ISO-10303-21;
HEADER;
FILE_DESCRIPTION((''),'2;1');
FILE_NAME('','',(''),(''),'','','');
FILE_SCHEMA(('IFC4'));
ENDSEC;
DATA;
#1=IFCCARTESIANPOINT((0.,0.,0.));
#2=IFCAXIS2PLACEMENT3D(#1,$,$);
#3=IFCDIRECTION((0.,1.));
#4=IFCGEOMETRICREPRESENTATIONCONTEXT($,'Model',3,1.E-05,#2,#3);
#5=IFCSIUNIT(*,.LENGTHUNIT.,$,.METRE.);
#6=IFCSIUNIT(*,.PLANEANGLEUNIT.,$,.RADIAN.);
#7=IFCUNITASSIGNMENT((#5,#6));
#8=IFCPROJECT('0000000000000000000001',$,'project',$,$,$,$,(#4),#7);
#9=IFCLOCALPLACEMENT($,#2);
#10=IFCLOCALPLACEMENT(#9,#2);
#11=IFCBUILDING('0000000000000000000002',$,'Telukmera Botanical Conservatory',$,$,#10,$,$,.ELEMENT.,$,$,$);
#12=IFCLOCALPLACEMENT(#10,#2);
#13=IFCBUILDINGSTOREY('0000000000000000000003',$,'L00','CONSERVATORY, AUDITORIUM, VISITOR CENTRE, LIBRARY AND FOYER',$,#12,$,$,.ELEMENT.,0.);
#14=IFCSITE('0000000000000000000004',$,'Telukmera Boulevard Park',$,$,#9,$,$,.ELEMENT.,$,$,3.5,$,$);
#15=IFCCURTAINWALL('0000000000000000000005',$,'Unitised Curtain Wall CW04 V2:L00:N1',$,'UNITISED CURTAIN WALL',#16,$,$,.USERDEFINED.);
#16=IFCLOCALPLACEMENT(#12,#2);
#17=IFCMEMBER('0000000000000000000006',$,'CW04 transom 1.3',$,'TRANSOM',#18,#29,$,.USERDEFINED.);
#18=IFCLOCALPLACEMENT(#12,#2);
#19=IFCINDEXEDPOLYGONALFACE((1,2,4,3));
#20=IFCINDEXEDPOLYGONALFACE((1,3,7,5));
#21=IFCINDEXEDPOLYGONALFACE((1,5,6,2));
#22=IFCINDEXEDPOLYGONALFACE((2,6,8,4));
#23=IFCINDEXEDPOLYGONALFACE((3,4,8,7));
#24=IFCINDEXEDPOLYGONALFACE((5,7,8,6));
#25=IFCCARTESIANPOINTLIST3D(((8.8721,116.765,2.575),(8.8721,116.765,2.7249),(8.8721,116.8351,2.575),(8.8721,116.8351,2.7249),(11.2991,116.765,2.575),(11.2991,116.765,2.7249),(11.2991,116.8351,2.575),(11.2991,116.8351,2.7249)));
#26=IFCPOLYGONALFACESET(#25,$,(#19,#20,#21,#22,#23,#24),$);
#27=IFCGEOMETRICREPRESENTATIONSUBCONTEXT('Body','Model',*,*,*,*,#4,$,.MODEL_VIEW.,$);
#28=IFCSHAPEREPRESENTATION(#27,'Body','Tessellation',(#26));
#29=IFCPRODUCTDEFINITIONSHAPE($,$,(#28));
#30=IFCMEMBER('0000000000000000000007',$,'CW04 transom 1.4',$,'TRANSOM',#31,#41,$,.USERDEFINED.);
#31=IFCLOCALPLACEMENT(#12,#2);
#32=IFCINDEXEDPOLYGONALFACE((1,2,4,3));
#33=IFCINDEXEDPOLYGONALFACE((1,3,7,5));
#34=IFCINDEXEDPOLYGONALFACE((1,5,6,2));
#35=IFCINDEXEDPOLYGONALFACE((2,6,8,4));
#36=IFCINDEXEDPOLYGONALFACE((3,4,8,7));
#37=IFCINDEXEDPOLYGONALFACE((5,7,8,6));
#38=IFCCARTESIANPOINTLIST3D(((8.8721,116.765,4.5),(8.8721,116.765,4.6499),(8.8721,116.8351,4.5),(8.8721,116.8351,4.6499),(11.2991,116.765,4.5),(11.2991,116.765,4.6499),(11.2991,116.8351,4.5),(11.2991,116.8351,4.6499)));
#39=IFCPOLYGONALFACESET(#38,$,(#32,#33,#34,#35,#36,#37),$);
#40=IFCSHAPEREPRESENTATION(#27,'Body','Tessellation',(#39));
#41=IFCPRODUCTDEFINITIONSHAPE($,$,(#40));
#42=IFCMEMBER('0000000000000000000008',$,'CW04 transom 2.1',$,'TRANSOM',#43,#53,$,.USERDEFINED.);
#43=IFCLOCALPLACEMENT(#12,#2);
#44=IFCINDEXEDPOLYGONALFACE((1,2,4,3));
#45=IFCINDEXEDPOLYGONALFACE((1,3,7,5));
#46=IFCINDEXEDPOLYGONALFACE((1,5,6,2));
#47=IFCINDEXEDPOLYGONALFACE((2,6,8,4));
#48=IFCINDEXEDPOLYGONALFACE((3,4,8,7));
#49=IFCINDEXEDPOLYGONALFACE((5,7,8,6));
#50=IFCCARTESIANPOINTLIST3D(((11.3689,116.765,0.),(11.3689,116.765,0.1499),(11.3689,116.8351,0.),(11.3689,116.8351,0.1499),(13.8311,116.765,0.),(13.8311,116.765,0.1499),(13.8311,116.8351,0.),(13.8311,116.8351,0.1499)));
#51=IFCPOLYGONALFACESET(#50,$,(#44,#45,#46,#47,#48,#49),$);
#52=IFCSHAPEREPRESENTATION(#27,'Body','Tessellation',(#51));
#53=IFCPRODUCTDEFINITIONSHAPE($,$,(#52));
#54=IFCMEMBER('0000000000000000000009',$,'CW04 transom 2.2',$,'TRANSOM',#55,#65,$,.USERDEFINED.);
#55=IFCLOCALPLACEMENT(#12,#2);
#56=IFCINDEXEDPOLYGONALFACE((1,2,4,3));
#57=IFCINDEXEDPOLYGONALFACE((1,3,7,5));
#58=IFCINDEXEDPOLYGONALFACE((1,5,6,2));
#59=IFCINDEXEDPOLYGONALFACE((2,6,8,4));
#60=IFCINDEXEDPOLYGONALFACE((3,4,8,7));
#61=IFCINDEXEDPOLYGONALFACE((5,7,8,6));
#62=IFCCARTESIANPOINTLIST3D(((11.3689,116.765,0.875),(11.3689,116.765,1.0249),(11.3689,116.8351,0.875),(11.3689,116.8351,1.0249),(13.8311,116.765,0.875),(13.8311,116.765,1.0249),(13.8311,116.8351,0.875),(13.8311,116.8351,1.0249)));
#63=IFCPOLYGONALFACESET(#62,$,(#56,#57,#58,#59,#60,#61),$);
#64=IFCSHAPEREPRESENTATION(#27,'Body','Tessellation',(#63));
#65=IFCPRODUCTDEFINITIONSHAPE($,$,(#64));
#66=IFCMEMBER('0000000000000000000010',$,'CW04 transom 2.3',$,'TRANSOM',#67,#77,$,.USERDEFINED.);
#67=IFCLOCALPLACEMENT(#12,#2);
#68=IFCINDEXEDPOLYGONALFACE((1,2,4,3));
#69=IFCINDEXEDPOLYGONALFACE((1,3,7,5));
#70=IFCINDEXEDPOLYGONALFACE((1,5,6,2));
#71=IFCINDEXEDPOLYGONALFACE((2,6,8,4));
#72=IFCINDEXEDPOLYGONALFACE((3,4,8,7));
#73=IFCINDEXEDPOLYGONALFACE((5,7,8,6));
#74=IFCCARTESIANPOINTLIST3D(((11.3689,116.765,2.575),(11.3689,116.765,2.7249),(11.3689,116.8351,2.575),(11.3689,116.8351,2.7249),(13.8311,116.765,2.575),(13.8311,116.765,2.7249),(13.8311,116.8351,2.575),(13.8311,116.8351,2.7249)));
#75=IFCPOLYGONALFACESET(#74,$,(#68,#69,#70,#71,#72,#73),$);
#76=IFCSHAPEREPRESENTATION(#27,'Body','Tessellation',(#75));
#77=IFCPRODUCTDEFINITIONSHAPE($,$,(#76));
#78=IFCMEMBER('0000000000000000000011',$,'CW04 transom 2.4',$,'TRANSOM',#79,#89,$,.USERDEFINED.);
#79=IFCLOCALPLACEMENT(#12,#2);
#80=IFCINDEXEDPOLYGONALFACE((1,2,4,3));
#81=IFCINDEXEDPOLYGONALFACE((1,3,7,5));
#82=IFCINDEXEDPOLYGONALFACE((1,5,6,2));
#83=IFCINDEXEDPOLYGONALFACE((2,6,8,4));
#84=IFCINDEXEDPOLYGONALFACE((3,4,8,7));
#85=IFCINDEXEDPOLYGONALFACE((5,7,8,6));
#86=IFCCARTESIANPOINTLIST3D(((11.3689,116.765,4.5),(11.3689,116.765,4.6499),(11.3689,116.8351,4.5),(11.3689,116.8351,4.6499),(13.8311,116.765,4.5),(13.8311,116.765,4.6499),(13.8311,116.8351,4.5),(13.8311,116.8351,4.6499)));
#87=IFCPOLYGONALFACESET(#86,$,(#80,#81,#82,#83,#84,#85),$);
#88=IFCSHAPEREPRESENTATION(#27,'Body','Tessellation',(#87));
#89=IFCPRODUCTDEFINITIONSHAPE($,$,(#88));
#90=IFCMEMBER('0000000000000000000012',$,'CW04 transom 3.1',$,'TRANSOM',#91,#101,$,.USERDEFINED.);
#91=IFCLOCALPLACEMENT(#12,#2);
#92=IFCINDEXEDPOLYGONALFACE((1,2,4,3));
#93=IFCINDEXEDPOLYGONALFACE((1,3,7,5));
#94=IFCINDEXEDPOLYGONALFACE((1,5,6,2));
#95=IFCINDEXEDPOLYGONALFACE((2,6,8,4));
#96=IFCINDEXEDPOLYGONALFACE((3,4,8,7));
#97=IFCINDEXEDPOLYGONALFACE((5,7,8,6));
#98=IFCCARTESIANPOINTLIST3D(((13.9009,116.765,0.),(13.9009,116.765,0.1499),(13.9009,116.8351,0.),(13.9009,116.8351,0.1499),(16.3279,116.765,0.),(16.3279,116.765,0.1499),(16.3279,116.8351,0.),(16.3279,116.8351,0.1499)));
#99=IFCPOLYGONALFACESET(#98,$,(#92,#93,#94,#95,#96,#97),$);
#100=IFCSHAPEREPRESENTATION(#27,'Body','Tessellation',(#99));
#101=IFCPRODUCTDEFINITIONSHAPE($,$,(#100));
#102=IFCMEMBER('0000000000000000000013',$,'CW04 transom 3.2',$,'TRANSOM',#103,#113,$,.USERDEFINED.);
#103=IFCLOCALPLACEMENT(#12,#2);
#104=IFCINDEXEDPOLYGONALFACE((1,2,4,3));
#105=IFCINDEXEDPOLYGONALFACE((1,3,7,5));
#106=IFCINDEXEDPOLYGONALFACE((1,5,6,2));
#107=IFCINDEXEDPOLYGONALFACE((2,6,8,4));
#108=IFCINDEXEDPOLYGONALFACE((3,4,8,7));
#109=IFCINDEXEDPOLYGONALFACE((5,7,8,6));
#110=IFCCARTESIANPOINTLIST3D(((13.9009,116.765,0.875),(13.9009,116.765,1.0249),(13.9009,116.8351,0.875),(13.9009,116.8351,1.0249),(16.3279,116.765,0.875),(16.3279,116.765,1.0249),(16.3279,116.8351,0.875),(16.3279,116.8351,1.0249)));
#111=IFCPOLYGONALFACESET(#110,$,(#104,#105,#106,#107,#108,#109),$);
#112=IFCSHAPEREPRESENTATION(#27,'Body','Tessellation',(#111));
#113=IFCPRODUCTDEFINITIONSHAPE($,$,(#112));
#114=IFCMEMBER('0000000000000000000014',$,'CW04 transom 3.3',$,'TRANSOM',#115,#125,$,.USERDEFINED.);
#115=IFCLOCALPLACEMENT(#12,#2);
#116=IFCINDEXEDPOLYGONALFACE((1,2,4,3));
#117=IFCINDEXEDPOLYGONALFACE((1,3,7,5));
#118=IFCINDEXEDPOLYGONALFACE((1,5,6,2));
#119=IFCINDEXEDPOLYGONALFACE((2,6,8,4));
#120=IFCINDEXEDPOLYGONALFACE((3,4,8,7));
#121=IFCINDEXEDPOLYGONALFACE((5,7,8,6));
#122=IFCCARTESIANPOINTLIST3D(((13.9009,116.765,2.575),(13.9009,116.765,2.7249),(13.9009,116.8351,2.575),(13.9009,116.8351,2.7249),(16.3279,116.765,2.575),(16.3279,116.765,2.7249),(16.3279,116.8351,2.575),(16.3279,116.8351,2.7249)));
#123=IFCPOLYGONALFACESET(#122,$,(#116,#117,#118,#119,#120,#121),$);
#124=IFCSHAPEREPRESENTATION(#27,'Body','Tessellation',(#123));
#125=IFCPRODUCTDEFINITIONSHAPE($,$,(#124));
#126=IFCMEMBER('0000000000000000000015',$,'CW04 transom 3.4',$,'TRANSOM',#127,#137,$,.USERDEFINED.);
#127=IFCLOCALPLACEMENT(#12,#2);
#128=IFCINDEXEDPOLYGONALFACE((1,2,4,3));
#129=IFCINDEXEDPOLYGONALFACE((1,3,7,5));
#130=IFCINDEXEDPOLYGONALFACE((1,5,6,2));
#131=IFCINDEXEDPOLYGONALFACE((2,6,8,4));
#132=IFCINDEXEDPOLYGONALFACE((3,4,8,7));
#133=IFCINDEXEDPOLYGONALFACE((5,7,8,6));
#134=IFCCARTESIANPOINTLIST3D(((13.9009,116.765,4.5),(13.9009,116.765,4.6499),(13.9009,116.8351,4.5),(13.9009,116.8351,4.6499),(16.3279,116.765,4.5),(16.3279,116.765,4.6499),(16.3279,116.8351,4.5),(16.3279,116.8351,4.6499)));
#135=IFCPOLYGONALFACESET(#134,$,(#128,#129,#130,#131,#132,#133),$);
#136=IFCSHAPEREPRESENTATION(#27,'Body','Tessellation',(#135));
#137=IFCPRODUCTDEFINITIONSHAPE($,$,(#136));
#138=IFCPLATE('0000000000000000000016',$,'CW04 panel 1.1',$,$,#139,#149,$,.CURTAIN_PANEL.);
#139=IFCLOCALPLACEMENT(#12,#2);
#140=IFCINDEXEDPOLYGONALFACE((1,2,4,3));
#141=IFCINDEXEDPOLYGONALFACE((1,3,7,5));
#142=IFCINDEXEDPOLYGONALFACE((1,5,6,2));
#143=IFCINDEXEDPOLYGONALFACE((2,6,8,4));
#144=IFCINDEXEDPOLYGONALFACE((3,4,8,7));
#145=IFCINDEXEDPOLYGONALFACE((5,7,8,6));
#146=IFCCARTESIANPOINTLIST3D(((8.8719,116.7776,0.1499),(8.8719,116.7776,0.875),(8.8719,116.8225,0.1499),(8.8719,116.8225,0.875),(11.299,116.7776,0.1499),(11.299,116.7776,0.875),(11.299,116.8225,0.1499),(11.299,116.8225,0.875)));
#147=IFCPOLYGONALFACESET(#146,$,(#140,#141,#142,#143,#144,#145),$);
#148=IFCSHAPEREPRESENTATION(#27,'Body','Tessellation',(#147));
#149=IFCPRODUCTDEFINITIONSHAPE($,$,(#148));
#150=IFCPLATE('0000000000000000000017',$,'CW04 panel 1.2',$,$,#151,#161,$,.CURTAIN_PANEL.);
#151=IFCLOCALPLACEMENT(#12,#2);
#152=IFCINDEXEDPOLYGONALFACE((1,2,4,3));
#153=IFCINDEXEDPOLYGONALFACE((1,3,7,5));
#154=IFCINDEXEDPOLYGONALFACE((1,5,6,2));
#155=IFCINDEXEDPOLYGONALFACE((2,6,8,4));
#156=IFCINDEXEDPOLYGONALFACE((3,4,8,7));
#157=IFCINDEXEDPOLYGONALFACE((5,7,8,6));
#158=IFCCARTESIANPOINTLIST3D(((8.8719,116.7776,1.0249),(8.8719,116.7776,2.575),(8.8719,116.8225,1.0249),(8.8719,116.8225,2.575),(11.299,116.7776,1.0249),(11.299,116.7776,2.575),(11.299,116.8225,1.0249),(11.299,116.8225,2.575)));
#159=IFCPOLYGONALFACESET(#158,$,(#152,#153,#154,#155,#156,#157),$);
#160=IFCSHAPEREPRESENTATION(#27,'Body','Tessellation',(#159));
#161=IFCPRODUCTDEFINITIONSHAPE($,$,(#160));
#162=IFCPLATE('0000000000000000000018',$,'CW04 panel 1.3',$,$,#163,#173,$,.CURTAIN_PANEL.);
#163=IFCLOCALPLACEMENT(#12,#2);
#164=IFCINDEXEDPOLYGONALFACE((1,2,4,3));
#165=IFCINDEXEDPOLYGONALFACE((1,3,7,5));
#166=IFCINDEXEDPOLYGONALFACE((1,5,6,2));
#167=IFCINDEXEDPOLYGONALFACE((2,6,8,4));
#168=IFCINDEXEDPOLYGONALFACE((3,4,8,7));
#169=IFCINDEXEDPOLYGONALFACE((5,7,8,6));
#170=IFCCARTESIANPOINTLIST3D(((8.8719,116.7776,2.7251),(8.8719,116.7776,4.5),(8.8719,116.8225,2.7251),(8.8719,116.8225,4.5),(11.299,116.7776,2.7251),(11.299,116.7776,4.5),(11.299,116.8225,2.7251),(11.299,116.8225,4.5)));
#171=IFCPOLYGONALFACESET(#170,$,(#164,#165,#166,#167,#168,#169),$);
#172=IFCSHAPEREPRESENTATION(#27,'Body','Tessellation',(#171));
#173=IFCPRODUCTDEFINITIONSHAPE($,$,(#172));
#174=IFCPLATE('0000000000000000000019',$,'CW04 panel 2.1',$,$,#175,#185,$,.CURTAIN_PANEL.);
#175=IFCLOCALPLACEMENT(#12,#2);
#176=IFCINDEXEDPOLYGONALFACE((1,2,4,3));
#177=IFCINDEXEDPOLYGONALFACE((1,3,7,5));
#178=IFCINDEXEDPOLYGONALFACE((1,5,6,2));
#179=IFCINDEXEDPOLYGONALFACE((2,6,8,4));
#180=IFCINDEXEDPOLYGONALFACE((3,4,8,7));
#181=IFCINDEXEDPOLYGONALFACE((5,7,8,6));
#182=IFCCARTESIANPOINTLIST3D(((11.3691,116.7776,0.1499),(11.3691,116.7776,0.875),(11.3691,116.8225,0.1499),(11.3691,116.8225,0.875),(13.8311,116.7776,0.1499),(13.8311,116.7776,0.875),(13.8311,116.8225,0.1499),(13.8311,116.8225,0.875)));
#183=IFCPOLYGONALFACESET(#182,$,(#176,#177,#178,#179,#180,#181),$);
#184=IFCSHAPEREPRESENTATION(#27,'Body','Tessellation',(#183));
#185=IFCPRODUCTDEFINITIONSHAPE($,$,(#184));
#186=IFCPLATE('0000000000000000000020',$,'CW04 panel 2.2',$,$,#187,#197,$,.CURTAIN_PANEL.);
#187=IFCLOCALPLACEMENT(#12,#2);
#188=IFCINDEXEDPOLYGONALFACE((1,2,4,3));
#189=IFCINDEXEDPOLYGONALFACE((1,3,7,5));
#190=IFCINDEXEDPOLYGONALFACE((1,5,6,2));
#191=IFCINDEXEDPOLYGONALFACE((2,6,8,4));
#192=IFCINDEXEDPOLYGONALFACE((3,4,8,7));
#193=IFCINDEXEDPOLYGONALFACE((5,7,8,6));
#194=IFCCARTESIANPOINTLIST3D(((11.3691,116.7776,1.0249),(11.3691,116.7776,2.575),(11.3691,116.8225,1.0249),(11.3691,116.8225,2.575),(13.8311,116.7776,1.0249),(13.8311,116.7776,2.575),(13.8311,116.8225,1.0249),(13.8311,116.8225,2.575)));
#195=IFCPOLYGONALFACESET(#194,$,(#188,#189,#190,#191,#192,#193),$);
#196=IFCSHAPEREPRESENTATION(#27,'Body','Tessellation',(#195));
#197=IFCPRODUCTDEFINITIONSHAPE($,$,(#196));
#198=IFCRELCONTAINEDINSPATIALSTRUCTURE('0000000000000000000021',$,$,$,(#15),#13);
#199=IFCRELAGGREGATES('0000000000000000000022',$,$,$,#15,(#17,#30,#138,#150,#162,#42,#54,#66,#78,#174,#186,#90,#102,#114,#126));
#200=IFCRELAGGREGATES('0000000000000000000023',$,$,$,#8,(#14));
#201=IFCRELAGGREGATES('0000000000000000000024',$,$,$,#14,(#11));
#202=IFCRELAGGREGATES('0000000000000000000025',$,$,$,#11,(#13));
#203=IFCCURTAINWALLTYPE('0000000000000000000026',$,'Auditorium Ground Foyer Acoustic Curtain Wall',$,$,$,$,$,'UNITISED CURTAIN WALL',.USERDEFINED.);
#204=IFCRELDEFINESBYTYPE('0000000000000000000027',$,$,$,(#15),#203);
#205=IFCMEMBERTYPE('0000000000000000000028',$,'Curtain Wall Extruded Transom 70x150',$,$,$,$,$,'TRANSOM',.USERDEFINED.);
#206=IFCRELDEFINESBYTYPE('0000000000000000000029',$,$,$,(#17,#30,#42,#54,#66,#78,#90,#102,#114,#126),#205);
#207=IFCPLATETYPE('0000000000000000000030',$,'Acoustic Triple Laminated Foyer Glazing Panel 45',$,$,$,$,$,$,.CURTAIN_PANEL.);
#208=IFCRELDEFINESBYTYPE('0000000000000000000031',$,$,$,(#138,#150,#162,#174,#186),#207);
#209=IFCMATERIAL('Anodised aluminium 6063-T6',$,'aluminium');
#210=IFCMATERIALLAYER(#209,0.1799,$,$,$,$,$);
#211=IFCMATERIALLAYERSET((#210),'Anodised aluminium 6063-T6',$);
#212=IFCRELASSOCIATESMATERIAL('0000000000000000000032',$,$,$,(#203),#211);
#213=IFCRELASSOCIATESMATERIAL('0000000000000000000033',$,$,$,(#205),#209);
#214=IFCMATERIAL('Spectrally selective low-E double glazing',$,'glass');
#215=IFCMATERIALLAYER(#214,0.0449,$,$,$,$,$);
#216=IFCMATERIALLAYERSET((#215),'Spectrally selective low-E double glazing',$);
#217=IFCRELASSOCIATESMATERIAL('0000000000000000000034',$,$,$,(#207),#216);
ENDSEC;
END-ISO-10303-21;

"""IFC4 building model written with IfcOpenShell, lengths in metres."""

from ifc_helpers import new_model, si_unit, direction, frame, origin, origin_2d, place, context, subcontext, project, spatial, rectangle, extrude, material, layer, layer_set, material_profile, profile_set, type_object, element, aggregate, save


model = new_model("IFC4")

# Units and contexts
model_context = context("Model", 3, precision=1e-05, world=origin(), true_north=direction((0.0, 1.0)))
body_context = subcontext(model_context, "Body", "Model", "MODEL_VIEW")
ifc_project = project(units=[si_unit("LENGTHUNIT", "METRE"), si_unit("PLANEANGLEUNIT", "RADIAN")], contexts=[model_context])

# Site, building, storey
site_placement = place(None, origin())
site = spatial("IfcSite", under=ifc_project, at=site_placement, Name="Telukmera Boulevard Park", CompositionType="ELEMENT", RefElevation=3.5)
building_placement = place(site_placement, origin())
building = spatial("IfcBuilding", under=site, at=building_placement, Name="Telukmera Botanical Conservatory", CompositionType="ELEMENT")
storey_placement = place(building_placement, origin())
storey = spatial("IfcBuildingStorey", under=building, at=storey_placement, Name="L00", Description="CONSERVATORY, AUDITORIUM, VISITOR CENTRE, LIBRARY AND FOYER", CompositionType="ELEMENT", Elevation=0.0)

# Curtain wall, members, plates
ifc_material_1 = material(Name="Anodised aluminium 6063-T6", Category="aluminium")
ifc_layer_1 = layer(ifc_material_1, 0.1799)
ifc_layer_set_1 = layer_set([ifc_layer_1], Name="Anodised aluminium 6063-T6")
curtain_wall_type = type_object("IfcCurtainWallType", Name="Auditorium Ground Foyer Acoustic Curtain Wall", ElementType="UNITISED CURTAIN WALL", PredefinedType="USERDEFINED", material=ifc_layer_set_1)
curtain_wall_placement = place(storey_placement, origin())
curtain_wall = element("IfcCurtainWall", 1, at=curtain_wall_placement, inside=storey, type_object=curtain_wall_type, Name="Unitised Curtain Wall CW04 V2:L00:N1", ObjectType="UNITISED CURTAIN WALL", PredefinedType="USERDEFINED")
ifc_material_profile_1 = material_profile(ifc_material_1, rectangle(XDim=0.0701, YDim=0.1499, at=origin_2d()), Name="ALU TRAN 70x150")
ifc_profile_set_1 = profile_set([ifc_material_profile_1], Name="Anodised aluminium 6063-T6")
member_type_1 = type_object("IfcMemberType", Name="Curtain Wall Extruded Transom 70x150", ElementType="TRANSOM", PredefinedType="USERDEFINED", material=ifc_profile_set_1)
member_1_placement = place(storey_placement, frame((8.8721, 116.8, 2.6499), z_axis=(1.0, 0.0, 0.0), x_axis=(0.0, 1.0, 0.0)))
member_1 = element("IfcMember", 2, at=member_1_placement, type_object=member_type_1, Name="CW04 transom 1.3", ObjectType="TRANSOM", PredefinedType="USERDEFINED", context=body_context, shape_type="SweptSolid", body=[
    extrude(rectangle(XDim=0.0701, YDim=0.1499, at=origin_2d()), origin(), (0.0, 0.0, 1.0), 2.427),
])
member_2_placement = place(storey_placement, frame((8.8721, 116.8, 4.575), z_axis=(1.0, 0.0, 0.0), x_axis=(0.0, 1.0, 0.0)))
member_2 = element("IfcMember", 3, at=member_2_placement, type_object=member_type_1, Name="CW04 transom 1.4", ObjectType="TRANSOM", PredefinedType="USERDEFINED", context=body_context, shape_type="SweptSolid", body=[
    extrude(rectangle(XDim=0.0701, YDim=0.1499, at=origin_2d()), origin(), (0.0, 0.0, 1.0), 2.427),
])
member_3_placement = place(storey_placement, frame((11.3689, 116.8, 0.075), z_axis=(1.0, 0.0, 0.0), x_axis=(0.0, 1.0, 0.0)))
member_3 = element("IfcMember", 4, at=member_3_placement, type_object=member_type_1, Name="CW04 transom 2.1", ObjectType="TRANSOM", PredefinedType="USERDEFINED", context=body_context, shape_type="SweptSolid", body=[
    extrude(rectangle(XDim=0.0701, YDim=0.1499, at=origin_2d()), origin(), (0.0, 0.0, 1.0), 2.4622),
])
member_4_placement = place(storey_placement, frame((11.3689, 116.8, 0.95), z_axis=(1.0, 0.0, 0.0), x_axis=(0.0, 1.0, 0.0)))
member_4 = element("IfcMember", 5, at=member_4_placement, type_object=member_type_1, Name="CW04 transom 2.2", ObjectType="TRANSOM", PredefinedType="USERDEFINED", context=body_context, shape_type="SweptSolid", body=[
    extrude(rectangle(XDim=0.0701, YDim=0.1499, at=origin_2d()), origin(), (0.0, 0.0, 1.0), 2.4622),
])
member_5_placement = place(storey_placement, frame((11.3689, 116.8, 2.6499), z_axis=(1.0, 0.0, 0.0), x_axis=(0.0, 1.0, 0.0)))
member_5 = element("IfcMember", 6, at=member_5_placement, type_object=member_type_1, Name="CW04 transom 2.3", ObjectType="TRANSOM", PredefinedType="USERDEFINED", context=body_context, shape_type="SweptSolid", body=[
    extrude(rectangle(XDim=0.0701, YDim=0.1499, at=origin_2d()), origin(), (0.0, 0.0, 1.0), 2.4622),
])
member_6_placement = place(storey_placement, frame((11.3689, 116.8, 4.575), z_axis=(1.0, 0.0, 0.0), x_axis=(0.0, 1.0, 0.0)))
member_6 = element("IfcMember", 7, at=member_6_placement, type_object=member_type_1, Name="CW04 transom 2.4", ObjectType="TRANSOM", PredefinedType="USERDEFINED", context=body_context, shape_type="SweptSolid", body=[
    extrude(rectangle(XDim=0.0701, YDim=0.1499, at=origin_2d()), origin(), (0.0, 0.0, 1.0), 2.4622),
])
member_7_placement = place(storey_placement, frame((13.9009, 116.8, 0.075), z_axis=(1.0, 0.0, 0.0), x_axis=(0.0, 1.0, 0.0)))
member_7 = element("IfcMember", 8, at=member_7_placement, type_object=member_type_1, Name="CW04 transom 3.1", ObjectType="TRANSOM", PredefinedType="USERDEFINED", context=body_context, shape_type="SweptSolid", body=[
    extrude(rectangle(XDim=0.0701, YDim=0.1499, at=origin_2d()), origin(), (0.0, 0.0, 1.0), 2.427),
])
member_8_placement = place(storey_placement, frame((13.9009, 116.8, 0.95), z_axis=(1.0, 0.0, 0.0), x_axis=(0.0, 1.0, 0.0)))
member_8 = element("IfcMember", 9, at=member_8_placement, type_object=member_type_1, Name="CW04 transom 3.2", ObjectType="TRANSOM", PredefinedType="USERDEFINED", context=body_context, shape_type="SweptSolid", body=[
    extrude(rectangle(XDim=0.0701, YDim=0.1499, at=origin_2d()), origin(), (0.0, 0.0, 1.0), 2.427),
])
member_9_placement = place(storey_placement, frame((13.9009, 116.8, 2.6499), z_axis=(1.0, 0.0, 0.0), x_axis=(0.0, 1.0, 0.0)))
member_9 = element("IfcMember", 10, at=member_9_placement, type_object=member_type_1, Name="CW04 transom 3.3", ObjectType="TRANSOM", PredefinedType="USERDEFINED", context=body_context, shape_type="SweptSolid", body=[
    extrude(rectangle(XDim=0.0701, YDim=0.1499, at=origin_2d()), origin(), (0.0, 0.0, 1.0), 2.427),
])
member_10_placement = place(storey_placement, frame((13.9009, 116.8, 4.575), z_axis=(1.0, 0.0, 0.0), x_axis=(0.0, 1.0, 0.0)))
member_10 = element("IfcMember", 11, at=member_10_placement, type_object=member_type_1, Name="CW04 transom 3.4", ObjectType="TRANSOM", PredefinedType="USERDEFINED", context=body_context, shape_type="SweptSolid", body=[
    extrude(rectangle(XDim=0.0701, YDim=0.1499, at=origin_2d()), origin(), (0.0, 0.0, 1.0), 2.427),
])
ifc_material_2 = material(Name="Spectrally selective low-E double glazing", Category="glass")
ifc_layer_2 = layer(ifc_material_2, 0.0449)
ifc_layer_set_2 = layer_set([ifc_layer_2], Name="Spectrally selective low-E double glazing")
plate_type = type_object("IfcPlateType", Name="Acoustic Triple Laminated Foyer Glazing Panel 45", PredefinedType="CURTAIN_PANEL", material=ifc_layer_set_2)
plate_1_placement = place(storey_placement, frame((10.0854, 116.8, 0.1499), z_axis=(0.0, 0.0, 1.0), x_axis=(1.0, 0.0, 0.0)))
plate_1 = element("IfcPlate", 12, at=plate_1_placement, type_object=plate_type, Name="CW04 panel 1.1", PredefinedType="CURTAIN_PANEL", context=body_context, shape_type="SweptSolid", body=[
    extrude(rectangle(XDim=2.427, YDim=0.0449, at=origin_2d()), origin(), (0.0, 0.0, 1.0), 0.7251),
])
plate_2_placement = place(storey_placement, frame((10.0854, 116.8, 1.0249), z_axis=(0.0, 0.0, 1.0), x_axis=(1.0, 0.0, 0.0)))
plate_2 = element("IfcPlate", 13, at=plate_2_placement, type_object=plate_type, Name="CW04 panel 1.2", PredefinedType="CURTAIN_PANEL", context=body_context, shape_type="SweptSolid", body=[
    extrude(rectangle(XDim=2.427, YDim=0.0449, at=origin_2d()), origin(), (0.0, 0.0, 1.0), 1.55),
])
plate_3_placement = place(storey_placement, frame((10.0854, 116.8, 2.7251), z_axis=(0.0, 0.0, 1.0), x_axis=(1.0, 0.0, 0.0)))
plate_3 = element("IfcPlate", 14, at=plate_3_placement, type_object=plate_type, Name="CW04 panel 1.3", PredefinedType="CURTAIN_PANEL", context=body_context, shape_type="SweptSolid", body=[
    extrude(rectangle(XDim=2.427, YDim=0.0449, at=origin_2d()), origin(), (0.0, 0.0, 1.0), 1.7749),
])
plate_4_placement = place(storey_placement, frame((12.6001, 116.8, 0.1499), z_axis=(0.0, 0.0, 1.0), x_axis=(1.0, 0.0, 0.0)))
plate_4 = element("IfcPlate", 15, at=plate_4_placement, type_object=plate_type, Name="CW04 panel 2.1", PredefinedType="CURTAIN_PANEL", context=body_context, shape_type="SweptSolid", body=[
    extrude(rectangle(XDim=2.4619, YDim=0.0449, at=origin_2d()), origin(), (0.0, 0.0, 1.0), 0.7251),
])
plate_5_placement = place(storey_placement, frame((12.6001, 116.8, 1.0249), z_axis=(0.0, 0.0, 1.0), x_axis=(1.0, 0.0, 0.0)))
plate_5 = element("IfcPlate", 16, at=plate_5_placement, type_object=plate_type, Name="CW04 panel 2.2", PredefinedType="CURTAIN_PANEL", context=body_context, shape_type="SweptSolid", body=[
    extrude(rectangle(XDim=2.4619, YDim=0.0449, at=origin_2d()), origin(), (0.0, 0.0, 1.0), 1.55),
])
aggregate(curtain_wall, [member_1, member_2, plate_1, plate_2, plate_3, member_3, member_4, member_5, member_6, plate_4, plate_5, member_7, member_8, member_9, member_10])

save(model, "model.ifc")
